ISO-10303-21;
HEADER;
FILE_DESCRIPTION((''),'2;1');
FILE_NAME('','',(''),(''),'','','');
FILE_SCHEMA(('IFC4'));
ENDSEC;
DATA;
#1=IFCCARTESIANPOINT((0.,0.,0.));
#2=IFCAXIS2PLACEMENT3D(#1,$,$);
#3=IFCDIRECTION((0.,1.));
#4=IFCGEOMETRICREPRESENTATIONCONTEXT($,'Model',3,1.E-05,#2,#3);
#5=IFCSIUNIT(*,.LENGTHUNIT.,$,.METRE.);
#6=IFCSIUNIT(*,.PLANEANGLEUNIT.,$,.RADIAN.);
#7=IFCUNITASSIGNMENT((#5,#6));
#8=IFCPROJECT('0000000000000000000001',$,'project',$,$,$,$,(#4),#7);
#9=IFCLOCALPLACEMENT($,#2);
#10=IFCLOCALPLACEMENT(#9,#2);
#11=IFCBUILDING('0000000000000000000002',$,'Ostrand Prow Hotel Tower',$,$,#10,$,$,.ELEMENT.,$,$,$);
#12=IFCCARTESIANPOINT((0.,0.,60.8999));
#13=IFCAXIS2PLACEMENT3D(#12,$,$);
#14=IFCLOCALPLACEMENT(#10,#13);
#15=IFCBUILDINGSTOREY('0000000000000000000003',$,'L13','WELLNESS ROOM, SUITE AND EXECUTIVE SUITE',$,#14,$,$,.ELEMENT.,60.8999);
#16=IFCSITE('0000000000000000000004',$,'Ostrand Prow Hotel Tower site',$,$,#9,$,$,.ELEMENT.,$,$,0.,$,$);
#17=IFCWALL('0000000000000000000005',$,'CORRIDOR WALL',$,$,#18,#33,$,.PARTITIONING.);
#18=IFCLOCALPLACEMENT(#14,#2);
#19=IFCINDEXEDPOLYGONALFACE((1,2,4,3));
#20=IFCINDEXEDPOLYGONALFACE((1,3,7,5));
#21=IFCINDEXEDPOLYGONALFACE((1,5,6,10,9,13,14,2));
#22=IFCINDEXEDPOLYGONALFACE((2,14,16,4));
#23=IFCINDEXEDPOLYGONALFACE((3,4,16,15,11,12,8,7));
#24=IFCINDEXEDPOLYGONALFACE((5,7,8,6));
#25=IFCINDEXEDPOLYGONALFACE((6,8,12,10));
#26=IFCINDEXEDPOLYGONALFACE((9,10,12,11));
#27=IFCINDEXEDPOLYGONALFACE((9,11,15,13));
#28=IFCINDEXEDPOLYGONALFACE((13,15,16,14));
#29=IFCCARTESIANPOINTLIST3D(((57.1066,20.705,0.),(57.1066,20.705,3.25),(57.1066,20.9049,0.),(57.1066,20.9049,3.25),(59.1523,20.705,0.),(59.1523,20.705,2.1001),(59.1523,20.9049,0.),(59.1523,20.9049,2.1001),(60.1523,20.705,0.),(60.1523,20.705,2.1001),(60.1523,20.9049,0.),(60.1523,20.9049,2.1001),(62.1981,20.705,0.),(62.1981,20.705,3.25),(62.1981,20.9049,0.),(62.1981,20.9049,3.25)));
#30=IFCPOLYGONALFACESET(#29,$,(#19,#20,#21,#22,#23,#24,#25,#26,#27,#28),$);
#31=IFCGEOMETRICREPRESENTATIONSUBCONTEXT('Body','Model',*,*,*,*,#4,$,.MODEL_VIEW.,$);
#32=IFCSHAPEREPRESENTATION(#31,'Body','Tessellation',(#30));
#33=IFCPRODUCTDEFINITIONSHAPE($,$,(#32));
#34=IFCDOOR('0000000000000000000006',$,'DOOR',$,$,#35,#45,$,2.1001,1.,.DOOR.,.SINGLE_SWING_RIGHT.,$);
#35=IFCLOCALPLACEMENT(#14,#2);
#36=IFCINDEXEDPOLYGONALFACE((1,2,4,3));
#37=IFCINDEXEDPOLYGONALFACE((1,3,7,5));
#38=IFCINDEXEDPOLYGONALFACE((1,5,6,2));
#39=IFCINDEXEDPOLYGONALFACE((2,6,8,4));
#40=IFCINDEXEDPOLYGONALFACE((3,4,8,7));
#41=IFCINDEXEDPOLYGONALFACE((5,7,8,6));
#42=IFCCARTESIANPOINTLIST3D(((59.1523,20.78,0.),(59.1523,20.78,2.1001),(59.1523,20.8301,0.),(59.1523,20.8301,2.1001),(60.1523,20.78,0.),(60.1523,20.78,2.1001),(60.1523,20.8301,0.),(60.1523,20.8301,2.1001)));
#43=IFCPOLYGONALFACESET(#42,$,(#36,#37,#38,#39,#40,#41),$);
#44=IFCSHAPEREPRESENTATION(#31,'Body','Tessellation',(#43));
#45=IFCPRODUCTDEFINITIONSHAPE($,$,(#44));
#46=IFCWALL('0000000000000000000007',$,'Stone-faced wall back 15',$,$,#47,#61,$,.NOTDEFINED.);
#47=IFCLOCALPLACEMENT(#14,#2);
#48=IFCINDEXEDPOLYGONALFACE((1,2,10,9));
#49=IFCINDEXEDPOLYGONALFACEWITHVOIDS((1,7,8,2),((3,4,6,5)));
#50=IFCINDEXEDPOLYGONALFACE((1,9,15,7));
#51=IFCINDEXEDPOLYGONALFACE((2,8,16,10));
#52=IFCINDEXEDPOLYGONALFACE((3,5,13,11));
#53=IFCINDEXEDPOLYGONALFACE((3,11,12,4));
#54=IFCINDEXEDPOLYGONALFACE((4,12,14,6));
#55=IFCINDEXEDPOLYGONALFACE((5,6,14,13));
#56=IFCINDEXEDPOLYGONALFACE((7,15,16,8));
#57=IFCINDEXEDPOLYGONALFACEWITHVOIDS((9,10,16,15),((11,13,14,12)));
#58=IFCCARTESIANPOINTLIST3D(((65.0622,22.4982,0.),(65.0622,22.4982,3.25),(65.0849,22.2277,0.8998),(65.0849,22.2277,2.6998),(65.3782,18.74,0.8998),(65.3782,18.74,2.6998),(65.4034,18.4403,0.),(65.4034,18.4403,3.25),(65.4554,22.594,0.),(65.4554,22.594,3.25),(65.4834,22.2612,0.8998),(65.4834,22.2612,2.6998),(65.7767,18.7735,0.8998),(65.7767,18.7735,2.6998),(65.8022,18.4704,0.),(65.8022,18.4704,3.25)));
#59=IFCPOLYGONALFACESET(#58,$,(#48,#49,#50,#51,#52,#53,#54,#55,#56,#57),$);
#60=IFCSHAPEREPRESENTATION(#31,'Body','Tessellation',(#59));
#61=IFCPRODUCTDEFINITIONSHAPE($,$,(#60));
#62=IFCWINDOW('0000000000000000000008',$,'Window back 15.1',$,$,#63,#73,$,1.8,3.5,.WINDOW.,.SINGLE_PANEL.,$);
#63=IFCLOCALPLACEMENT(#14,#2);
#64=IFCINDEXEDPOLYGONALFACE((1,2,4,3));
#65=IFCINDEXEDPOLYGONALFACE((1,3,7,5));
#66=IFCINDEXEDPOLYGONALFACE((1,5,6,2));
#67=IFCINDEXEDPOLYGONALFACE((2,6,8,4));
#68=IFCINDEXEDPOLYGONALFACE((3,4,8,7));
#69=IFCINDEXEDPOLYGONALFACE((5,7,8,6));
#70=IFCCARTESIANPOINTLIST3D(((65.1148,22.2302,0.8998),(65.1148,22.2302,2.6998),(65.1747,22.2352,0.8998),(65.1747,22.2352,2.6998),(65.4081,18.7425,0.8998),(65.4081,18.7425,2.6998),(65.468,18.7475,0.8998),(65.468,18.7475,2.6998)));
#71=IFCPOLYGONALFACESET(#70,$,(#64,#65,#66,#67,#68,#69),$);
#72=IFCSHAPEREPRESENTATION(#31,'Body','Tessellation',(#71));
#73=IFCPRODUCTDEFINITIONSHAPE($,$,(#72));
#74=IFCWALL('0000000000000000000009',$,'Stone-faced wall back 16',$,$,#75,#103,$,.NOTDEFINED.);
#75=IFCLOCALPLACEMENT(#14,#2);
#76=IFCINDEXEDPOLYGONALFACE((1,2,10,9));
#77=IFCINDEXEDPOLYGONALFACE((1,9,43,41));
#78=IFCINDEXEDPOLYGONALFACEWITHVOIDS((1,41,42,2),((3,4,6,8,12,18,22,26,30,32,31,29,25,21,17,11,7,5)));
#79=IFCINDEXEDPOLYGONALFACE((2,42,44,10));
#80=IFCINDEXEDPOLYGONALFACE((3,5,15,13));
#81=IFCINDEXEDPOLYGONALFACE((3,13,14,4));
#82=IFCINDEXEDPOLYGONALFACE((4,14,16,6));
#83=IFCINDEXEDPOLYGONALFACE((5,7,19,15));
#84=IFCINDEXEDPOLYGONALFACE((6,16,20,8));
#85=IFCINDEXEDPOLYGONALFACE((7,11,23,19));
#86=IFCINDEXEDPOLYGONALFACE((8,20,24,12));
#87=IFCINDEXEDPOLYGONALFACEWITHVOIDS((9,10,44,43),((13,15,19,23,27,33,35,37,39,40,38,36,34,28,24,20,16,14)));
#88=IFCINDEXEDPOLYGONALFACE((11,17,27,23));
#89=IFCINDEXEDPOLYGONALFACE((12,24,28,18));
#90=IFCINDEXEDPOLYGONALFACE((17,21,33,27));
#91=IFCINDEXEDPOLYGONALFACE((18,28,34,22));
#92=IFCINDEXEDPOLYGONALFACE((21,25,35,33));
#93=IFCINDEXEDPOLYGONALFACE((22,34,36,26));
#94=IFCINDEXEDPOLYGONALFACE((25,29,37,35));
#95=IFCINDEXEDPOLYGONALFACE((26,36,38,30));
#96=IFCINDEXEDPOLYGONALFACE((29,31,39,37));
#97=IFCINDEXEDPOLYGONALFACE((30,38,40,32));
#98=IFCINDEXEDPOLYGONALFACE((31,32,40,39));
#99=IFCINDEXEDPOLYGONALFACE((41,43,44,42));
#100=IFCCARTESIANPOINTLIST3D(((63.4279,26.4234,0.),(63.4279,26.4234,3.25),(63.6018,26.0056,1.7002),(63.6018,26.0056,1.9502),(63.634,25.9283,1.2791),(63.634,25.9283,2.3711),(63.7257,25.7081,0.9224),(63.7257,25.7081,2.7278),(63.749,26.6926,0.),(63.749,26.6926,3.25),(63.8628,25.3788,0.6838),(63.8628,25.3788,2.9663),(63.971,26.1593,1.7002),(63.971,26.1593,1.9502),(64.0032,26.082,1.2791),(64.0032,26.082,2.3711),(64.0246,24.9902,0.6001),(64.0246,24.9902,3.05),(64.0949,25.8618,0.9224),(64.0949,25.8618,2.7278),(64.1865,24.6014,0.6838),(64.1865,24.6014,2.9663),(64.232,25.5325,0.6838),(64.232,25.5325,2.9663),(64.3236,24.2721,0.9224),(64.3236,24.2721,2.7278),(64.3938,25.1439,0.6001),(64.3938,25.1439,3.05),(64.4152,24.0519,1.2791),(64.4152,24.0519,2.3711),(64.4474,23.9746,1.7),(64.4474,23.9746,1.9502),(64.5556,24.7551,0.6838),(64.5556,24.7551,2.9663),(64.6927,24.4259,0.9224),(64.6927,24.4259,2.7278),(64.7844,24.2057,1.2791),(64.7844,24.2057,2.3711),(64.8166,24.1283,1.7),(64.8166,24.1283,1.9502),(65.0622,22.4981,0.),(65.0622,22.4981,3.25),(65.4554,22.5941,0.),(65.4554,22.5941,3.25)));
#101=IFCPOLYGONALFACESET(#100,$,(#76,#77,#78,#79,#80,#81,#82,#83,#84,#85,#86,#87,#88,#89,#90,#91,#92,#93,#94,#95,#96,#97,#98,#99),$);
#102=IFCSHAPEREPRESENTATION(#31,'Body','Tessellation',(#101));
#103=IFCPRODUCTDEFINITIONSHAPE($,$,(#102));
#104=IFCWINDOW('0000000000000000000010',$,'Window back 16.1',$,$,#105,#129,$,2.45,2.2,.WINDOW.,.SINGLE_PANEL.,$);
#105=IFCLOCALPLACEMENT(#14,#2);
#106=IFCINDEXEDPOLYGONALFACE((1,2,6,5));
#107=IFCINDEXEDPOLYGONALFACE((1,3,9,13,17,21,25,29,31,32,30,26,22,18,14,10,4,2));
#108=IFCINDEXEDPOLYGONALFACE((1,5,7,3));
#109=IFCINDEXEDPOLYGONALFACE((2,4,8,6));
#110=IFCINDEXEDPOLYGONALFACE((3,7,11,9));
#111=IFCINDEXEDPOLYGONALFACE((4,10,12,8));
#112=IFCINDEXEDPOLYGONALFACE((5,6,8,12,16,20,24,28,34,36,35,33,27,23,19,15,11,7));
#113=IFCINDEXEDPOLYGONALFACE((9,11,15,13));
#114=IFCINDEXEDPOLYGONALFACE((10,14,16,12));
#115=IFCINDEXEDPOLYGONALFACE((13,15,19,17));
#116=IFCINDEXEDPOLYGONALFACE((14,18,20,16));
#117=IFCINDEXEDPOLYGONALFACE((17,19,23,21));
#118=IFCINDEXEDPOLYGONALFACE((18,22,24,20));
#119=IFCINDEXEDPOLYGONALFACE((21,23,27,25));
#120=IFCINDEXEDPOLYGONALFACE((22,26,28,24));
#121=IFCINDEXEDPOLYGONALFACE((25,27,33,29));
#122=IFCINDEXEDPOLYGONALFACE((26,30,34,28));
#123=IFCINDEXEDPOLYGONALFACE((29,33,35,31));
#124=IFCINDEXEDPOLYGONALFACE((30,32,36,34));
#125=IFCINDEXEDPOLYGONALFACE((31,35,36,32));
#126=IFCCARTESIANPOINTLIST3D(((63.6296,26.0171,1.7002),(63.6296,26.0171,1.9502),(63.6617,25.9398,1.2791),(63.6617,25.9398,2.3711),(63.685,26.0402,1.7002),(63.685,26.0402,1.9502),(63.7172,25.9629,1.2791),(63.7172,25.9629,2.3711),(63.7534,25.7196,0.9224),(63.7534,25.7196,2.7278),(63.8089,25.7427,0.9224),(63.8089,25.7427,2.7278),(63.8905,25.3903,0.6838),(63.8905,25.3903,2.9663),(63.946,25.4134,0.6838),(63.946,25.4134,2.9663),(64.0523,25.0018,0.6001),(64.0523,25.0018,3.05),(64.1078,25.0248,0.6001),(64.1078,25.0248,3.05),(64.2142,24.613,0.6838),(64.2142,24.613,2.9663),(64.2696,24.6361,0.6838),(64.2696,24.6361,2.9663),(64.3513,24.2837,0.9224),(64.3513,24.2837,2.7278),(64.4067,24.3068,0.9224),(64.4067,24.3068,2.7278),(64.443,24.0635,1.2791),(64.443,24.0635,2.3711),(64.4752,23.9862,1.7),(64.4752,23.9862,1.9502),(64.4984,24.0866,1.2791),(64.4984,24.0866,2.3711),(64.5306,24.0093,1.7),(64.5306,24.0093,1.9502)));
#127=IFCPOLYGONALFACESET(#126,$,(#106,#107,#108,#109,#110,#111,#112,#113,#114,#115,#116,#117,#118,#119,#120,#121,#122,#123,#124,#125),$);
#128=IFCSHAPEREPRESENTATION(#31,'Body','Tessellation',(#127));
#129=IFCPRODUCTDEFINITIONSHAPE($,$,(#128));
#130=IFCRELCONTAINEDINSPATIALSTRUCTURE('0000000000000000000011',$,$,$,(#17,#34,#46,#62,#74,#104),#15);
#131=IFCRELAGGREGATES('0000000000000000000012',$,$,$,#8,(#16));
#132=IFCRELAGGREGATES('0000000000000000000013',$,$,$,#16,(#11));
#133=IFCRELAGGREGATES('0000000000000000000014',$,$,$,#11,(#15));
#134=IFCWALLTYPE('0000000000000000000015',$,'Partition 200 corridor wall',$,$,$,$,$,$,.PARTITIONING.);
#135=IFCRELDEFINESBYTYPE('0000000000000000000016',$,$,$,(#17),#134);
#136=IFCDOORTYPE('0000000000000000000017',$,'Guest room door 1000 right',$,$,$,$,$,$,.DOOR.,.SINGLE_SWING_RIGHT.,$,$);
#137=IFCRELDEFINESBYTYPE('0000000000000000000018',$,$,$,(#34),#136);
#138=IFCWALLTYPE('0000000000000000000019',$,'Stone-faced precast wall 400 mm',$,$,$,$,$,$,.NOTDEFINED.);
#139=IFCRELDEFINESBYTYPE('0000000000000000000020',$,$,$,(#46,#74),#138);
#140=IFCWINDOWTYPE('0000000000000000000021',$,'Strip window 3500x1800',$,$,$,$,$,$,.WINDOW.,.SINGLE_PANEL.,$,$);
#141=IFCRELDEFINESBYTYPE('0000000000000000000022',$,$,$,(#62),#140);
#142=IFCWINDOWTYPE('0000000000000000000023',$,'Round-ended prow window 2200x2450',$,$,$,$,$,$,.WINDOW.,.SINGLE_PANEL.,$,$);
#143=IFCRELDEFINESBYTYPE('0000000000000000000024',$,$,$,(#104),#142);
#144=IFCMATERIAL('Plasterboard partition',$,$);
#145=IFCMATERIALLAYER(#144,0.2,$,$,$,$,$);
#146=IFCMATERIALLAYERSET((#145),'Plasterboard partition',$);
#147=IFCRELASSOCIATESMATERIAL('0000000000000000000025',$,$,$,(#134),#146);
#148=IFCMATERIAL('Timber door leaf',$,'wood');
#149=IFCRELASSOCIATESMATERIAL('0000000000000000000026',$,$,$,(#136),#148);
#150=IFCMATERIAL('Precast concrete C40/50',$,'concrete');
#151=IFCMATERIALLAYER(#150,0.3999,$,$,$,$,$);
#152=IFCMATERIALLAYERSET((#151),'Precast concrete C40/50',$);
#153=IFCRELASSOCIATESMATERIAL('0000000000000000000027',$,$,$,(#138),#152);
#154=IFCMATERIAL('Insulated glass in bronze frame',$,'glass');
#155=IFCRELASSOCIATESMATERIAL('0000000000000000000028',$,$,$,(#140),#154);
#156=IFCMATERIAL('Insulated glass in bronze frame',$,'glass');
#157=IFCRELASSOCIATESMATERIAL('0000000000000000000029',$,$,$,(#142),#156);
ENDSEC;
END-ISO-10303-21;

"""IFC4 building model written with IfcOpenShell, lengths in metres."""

from ifc_helpers import new_model, si_unit, direction, frame, frame_2d, origin, place, context, subcontext, project, spatial, polyline, rectangle, outline, extrude, material, layer, layer_set, type_object, element, fill, save


model = new_model("IFC4")

# Units and contexts
model_context = context("Model", 3, precision=1e-05, world=origin(), true_north=direction((0.0, 1.0)))
body_context = subcontext(model_context, "Body", "Model", "MODEL_VIEW")
ifc_project = project(units=[si_unit("LENGTHUNIT", "METRE"), si_unit("PLANEANGLEUNIT", "RADIAN")], contexts=[model_context])

# Site, building, storey
site_placement = place(None, origin())
site = spatial("IfcSite", under=ifc_project, at=site_placement, Name="Ostrand Prow Hotel Tower site", CompositionType="ELEMENT", RefElevation=0.0)
building_placement = place(site_placement, origin())
building = spatial("IfcBuilding", under=site, at=building_placement, Name="Ostrand Prow Hotel Tower", CompositionType="ELEMENT")
storey_placement = place(building_placement, frame((0.0, 0.0, 60.8999)))
storey = spatial("IfcBuildingStorey", under=building, at=storey_placement, Name="L13", Description="WELLNESS ROOM, SUITE AND EXECUTIVE SUITE", CompositionType="ELEMENT", Elevation=60.8999)

# Wall, opening, door
ifc_material_1 = material(Name="Plasterboard partition")
ifc_layer_1 = layer(ifc_material_1, 0.2)
ifc_layer_set_1 = layer_set([ifc_layer_1], Name="Plasterboard partition")
wall_type_1 = type_object("IfcWallType", Name="Partition 200 corridor wall", PredefinedType="PARTITIONING", material=ifc_layer_set_1)
wall_1_placement = place(storey_placement, frame((62.1982, 20.8049, 0.0), z_axis=(0.0, 0.0, 1.0), x_axis=(-1.0, 0.0, 0.0)))
wall_1 = element("IfcWall", 1, at=wall_1_placement, inside=storey, type_object=wall_type_1, Name="CORRIDOR WALL", PredefinedType="PARTITIONING", context=body_context, shape_type="SweptSolid", body=[
    extrude(rectangle(XDim=5.0916, YDim=0.2, at=frame_2d((2.5459, 0.0))), origin(), (0.0, 0.0, 1.0), 3.25),
])
opening_1_placement = place(wall_1_placement, frame((2.0459, 0.0, 0.0)))
opening_1 = element("IfcOpeningElement", 2, at=opening_1_placement, cuts=wall_1, PredefinedType="OPENING", context=body_context, shape_type="SweptSolid", body=[
    extrude(rectangle(XDim=1.0, YDim=2.1001, at=frame_2d((0.5, 1.05))), frame((0.0, 0.1099, 0.0), z_axis=(0.0, -1.0, 0.0), x_axis=(1.0, 0.0, 0.0)), (0.0, 0.0, 1.0), 0.22),
])
ifc_material_2 = material(Name="Timber door leaf", Category="wood")
door_type_1 = type_object("IfcDoorType", Name="Guest room door 1000 right", OperationType="SINGLE_SWING_RIGHT", PredefinedType="DOOR", material=ifc_material_2)
door_1_placement = place(opening_1_placement, origin())
door_1 = element("IfcDoor", 3, at=door_1_placement, inside=storey, type_object=door_type_1, Name="DOOR", OperationType="SINGLE_SWING_RIGHT", OverallHeight=2.1001, OverallWidth=1.0, PredefinedType="DOOR", context=body_context, shape_type="SweptSolid", body=[
    extrude(rectangle(XDim=1.0, YDim=2.1001, at=frame_2d((0.5, 1.05))), frame((0.0, 0.0249, 0.0), z_axis=(0.0, -1.0, 0.0), x_axis=(1.0, 0.0, 0.0)), (0.0, 0.0, 1.0), 0.05),
])
fill(opening_1, door_1)

# Walls, openings, windows
ifc_material_3 = material(Name="Precast concrete C40/50", Category="concrete")
ifc_layer_2 = layer(ifc_material_3, 0.3999)
ifc_layer_set_2 = layer_set([ifc_layer_2], Name="Precast concrete C40/50")
wall_type_2 = type_object("IfcWallType", Name="Stone-faced precast wall 400 mm", PredefinedType="NOTDEFINED", material=ifc_layer_set_2)
wall_2_placement = place(storey_placement, frame((65.6028, 18.4553, 0.0), z_axis=(0.0, 0.0, 1.0), x_axis=(-0.083794, 0.996483, 0.0)))
wall_2 = element("IfcWall", 4, at=wall_2_placement, inside=storey, type_object=wall_type_2, Name="Stone-faced wall back 15", PredefinedType="NOTDEFINED", context=body_context, shape_type="SweptSolid", body=[
    extrude(outline(polyline([(-0.0017, -0.2), (4.1365, -0.2), (4.074, 0.2), (0.0017, 0.2), (-0.0017, -0.2)])), origin(), (0.0, 0.0, 1.0), 3.25),
])
opening_2_placement = place(wall_2_placement, frame((0.3025, 0.0, 0.8999)))
opening_2 = element("IfcOpeningElement", 5, at=opening_2_placement, cuts=wall_2, PredefinedType="OPENING", context=body_context, shape_type="SweptSolid", body=[
    extrude(rectangle(XDim=3.5, YDim=1.8, at=frame_2d((1.75, 0.8999))), frame((0.0, 0.21, 0.0), z_axis=(0.0, -1.0, 0.0), x_axis=(1.0, 0.0, 0.0)), (0.0, 0.0, 1.0), 0.4199),
])
ifc_material_4 = material(Name="Insulated glass in bronze frame", Category="glass")
window_type_1 = type_object("IfcWindowType", Name="Strip window 3500x1800", PartitioningType="SINGLE_PANEL", PredefinedType="WINDOW", material=ifc_material_4)
window_1_placement = place(opening_2_placement, origin())
window_1 = element("IfcWindow", 6, at=window_1_placement, inside=storey, type_object=window_type_1, Name="Window back 15.1", OverallHeight=1.8, OverallWidth=3.5, PartitioningType="SINGLE_PANEL", PredefinedType="WINDOW", context=body_context, shape_type="SweptSolid", body=[
    extrude(rectangle(XDim=3.5, YDim=1.8, at=frame_2d((1.75, 0.8999))), frame((0.0, 0.1699, 0.0), z_axis=(0.0, -1.0, 0.0), x_axis=(1.0, 0.0, 0.0)), (0.0, 0.0, 1.0), 0.0601),
])
fill(opening_2, window_1)
wall_3_placement = place(storey_placement, frame((65.2588, 22.5461, 0.0), z_axis=(0.0, 0.0, 1.0), x_axis=(-0.384372, 0.923178, 0.0)))
wall_3 = element("IfcWall", 7, at=wall_3_placement, inside=storey, type_object=wall_type_2, Name="Stone-faced wall back 16", PredefinedType="NOTDEFINED", context=body_context, shape_type="SweptSolid", body=[
    extrude(outline(polyline([(-0.0312, -0.2), (4.4082, -0.2), (4.2832, 0.2), (0.0312, 0.2), (-0.0312, -0.2)])), origin(), (0.0, 0.0, 1.0), 3.25),
])
opening_3_placement = place(wall_3_placement, frame((1.6306, 0.0, 0.6001)))
opening_3 = element("IfcOpeningElement", 8, at=opening_3_placement, cuts=wall_3, PredefinedType="OPENING", context=body_context, shape_type="SweptSolid", body=[
    extrude(outline(polyline([(0.0, 1.3501), (0.0837, 1.771), (0.3223, 2.1277), (0.679, 2.3662), (1.1001, 2.45), (1.521, 2.3662), (1.8777, 2.1277), (2.1162, 1.771), (2.2, 1.3501), (2.2, 1.1001), (2.1162, 0.679), (1.8777, 0.3223), (1.521, 0.0837), (1.1001, 0.0), (0.679, 0.0837), (0.3223, 0.3223), (0.0837, 0.679), (0.0, 1.0999), (0.0, 1.3501)])), frame((0.0, 0.21, 0.0), z_axis=(0.0, -1.0, 0.0), x_axis=(1.0, 0.0, 0.0)), (0.0, 0.0, 1.0), 0.4199),
])
ifc_material_5 = material(Name="Insulated glass in bronze frame", Category="glass")
window_type_2 = type_object("IfcWindowType", Name="Round-ended prow window 2200x2450", PartitioningType="SINGLE_PANEL", PredefinedType="WINDOW", material=ifc_material_5)
window_2_placement = place(opening_3_placement, origin())
window_2 = element("IfcWindow", 9, at=window_2_placement, inside=storey, type_object=window_type_2, Name="Window back 16.1", OverallHeight=2.45, OverallWidth=2.2, PartitioningType="SINGLE_PANEL", PredefinedType="WINDOW", context=body_context, shape_type="SweptSolid", body=[
    extrude(outline(polyline([(0.0, 1.3501), (0.0837, 1.771), (0.3223, 2.1277), (0.679, 2.3662), (1.1001, 2.45), (1.521, 2.3662), (1.8777, 2.1277), (2.1162, 1.771), (2.2, 1.3501), (2.2, 1.1001), (2.1162, 0.679), (1.8777, 0.3223), (1.521, 0.0837), (1.1001, 0.0), (0.679, 0.0837), (0.3223, 0.3223), (0.0837, 0.679), (0.0, 1.0999), (0.0, 1.3501)])), frame((0.0, 0.1699, 0.0), z_axis=(0.0, -1.0, 0.0), x_axis=(1.0, 0.0, 0.0)), (0.0, 0.0, 1.0), 0.0601),
])
fill(opening_3, window_2)

save(model, "model.ifc")
